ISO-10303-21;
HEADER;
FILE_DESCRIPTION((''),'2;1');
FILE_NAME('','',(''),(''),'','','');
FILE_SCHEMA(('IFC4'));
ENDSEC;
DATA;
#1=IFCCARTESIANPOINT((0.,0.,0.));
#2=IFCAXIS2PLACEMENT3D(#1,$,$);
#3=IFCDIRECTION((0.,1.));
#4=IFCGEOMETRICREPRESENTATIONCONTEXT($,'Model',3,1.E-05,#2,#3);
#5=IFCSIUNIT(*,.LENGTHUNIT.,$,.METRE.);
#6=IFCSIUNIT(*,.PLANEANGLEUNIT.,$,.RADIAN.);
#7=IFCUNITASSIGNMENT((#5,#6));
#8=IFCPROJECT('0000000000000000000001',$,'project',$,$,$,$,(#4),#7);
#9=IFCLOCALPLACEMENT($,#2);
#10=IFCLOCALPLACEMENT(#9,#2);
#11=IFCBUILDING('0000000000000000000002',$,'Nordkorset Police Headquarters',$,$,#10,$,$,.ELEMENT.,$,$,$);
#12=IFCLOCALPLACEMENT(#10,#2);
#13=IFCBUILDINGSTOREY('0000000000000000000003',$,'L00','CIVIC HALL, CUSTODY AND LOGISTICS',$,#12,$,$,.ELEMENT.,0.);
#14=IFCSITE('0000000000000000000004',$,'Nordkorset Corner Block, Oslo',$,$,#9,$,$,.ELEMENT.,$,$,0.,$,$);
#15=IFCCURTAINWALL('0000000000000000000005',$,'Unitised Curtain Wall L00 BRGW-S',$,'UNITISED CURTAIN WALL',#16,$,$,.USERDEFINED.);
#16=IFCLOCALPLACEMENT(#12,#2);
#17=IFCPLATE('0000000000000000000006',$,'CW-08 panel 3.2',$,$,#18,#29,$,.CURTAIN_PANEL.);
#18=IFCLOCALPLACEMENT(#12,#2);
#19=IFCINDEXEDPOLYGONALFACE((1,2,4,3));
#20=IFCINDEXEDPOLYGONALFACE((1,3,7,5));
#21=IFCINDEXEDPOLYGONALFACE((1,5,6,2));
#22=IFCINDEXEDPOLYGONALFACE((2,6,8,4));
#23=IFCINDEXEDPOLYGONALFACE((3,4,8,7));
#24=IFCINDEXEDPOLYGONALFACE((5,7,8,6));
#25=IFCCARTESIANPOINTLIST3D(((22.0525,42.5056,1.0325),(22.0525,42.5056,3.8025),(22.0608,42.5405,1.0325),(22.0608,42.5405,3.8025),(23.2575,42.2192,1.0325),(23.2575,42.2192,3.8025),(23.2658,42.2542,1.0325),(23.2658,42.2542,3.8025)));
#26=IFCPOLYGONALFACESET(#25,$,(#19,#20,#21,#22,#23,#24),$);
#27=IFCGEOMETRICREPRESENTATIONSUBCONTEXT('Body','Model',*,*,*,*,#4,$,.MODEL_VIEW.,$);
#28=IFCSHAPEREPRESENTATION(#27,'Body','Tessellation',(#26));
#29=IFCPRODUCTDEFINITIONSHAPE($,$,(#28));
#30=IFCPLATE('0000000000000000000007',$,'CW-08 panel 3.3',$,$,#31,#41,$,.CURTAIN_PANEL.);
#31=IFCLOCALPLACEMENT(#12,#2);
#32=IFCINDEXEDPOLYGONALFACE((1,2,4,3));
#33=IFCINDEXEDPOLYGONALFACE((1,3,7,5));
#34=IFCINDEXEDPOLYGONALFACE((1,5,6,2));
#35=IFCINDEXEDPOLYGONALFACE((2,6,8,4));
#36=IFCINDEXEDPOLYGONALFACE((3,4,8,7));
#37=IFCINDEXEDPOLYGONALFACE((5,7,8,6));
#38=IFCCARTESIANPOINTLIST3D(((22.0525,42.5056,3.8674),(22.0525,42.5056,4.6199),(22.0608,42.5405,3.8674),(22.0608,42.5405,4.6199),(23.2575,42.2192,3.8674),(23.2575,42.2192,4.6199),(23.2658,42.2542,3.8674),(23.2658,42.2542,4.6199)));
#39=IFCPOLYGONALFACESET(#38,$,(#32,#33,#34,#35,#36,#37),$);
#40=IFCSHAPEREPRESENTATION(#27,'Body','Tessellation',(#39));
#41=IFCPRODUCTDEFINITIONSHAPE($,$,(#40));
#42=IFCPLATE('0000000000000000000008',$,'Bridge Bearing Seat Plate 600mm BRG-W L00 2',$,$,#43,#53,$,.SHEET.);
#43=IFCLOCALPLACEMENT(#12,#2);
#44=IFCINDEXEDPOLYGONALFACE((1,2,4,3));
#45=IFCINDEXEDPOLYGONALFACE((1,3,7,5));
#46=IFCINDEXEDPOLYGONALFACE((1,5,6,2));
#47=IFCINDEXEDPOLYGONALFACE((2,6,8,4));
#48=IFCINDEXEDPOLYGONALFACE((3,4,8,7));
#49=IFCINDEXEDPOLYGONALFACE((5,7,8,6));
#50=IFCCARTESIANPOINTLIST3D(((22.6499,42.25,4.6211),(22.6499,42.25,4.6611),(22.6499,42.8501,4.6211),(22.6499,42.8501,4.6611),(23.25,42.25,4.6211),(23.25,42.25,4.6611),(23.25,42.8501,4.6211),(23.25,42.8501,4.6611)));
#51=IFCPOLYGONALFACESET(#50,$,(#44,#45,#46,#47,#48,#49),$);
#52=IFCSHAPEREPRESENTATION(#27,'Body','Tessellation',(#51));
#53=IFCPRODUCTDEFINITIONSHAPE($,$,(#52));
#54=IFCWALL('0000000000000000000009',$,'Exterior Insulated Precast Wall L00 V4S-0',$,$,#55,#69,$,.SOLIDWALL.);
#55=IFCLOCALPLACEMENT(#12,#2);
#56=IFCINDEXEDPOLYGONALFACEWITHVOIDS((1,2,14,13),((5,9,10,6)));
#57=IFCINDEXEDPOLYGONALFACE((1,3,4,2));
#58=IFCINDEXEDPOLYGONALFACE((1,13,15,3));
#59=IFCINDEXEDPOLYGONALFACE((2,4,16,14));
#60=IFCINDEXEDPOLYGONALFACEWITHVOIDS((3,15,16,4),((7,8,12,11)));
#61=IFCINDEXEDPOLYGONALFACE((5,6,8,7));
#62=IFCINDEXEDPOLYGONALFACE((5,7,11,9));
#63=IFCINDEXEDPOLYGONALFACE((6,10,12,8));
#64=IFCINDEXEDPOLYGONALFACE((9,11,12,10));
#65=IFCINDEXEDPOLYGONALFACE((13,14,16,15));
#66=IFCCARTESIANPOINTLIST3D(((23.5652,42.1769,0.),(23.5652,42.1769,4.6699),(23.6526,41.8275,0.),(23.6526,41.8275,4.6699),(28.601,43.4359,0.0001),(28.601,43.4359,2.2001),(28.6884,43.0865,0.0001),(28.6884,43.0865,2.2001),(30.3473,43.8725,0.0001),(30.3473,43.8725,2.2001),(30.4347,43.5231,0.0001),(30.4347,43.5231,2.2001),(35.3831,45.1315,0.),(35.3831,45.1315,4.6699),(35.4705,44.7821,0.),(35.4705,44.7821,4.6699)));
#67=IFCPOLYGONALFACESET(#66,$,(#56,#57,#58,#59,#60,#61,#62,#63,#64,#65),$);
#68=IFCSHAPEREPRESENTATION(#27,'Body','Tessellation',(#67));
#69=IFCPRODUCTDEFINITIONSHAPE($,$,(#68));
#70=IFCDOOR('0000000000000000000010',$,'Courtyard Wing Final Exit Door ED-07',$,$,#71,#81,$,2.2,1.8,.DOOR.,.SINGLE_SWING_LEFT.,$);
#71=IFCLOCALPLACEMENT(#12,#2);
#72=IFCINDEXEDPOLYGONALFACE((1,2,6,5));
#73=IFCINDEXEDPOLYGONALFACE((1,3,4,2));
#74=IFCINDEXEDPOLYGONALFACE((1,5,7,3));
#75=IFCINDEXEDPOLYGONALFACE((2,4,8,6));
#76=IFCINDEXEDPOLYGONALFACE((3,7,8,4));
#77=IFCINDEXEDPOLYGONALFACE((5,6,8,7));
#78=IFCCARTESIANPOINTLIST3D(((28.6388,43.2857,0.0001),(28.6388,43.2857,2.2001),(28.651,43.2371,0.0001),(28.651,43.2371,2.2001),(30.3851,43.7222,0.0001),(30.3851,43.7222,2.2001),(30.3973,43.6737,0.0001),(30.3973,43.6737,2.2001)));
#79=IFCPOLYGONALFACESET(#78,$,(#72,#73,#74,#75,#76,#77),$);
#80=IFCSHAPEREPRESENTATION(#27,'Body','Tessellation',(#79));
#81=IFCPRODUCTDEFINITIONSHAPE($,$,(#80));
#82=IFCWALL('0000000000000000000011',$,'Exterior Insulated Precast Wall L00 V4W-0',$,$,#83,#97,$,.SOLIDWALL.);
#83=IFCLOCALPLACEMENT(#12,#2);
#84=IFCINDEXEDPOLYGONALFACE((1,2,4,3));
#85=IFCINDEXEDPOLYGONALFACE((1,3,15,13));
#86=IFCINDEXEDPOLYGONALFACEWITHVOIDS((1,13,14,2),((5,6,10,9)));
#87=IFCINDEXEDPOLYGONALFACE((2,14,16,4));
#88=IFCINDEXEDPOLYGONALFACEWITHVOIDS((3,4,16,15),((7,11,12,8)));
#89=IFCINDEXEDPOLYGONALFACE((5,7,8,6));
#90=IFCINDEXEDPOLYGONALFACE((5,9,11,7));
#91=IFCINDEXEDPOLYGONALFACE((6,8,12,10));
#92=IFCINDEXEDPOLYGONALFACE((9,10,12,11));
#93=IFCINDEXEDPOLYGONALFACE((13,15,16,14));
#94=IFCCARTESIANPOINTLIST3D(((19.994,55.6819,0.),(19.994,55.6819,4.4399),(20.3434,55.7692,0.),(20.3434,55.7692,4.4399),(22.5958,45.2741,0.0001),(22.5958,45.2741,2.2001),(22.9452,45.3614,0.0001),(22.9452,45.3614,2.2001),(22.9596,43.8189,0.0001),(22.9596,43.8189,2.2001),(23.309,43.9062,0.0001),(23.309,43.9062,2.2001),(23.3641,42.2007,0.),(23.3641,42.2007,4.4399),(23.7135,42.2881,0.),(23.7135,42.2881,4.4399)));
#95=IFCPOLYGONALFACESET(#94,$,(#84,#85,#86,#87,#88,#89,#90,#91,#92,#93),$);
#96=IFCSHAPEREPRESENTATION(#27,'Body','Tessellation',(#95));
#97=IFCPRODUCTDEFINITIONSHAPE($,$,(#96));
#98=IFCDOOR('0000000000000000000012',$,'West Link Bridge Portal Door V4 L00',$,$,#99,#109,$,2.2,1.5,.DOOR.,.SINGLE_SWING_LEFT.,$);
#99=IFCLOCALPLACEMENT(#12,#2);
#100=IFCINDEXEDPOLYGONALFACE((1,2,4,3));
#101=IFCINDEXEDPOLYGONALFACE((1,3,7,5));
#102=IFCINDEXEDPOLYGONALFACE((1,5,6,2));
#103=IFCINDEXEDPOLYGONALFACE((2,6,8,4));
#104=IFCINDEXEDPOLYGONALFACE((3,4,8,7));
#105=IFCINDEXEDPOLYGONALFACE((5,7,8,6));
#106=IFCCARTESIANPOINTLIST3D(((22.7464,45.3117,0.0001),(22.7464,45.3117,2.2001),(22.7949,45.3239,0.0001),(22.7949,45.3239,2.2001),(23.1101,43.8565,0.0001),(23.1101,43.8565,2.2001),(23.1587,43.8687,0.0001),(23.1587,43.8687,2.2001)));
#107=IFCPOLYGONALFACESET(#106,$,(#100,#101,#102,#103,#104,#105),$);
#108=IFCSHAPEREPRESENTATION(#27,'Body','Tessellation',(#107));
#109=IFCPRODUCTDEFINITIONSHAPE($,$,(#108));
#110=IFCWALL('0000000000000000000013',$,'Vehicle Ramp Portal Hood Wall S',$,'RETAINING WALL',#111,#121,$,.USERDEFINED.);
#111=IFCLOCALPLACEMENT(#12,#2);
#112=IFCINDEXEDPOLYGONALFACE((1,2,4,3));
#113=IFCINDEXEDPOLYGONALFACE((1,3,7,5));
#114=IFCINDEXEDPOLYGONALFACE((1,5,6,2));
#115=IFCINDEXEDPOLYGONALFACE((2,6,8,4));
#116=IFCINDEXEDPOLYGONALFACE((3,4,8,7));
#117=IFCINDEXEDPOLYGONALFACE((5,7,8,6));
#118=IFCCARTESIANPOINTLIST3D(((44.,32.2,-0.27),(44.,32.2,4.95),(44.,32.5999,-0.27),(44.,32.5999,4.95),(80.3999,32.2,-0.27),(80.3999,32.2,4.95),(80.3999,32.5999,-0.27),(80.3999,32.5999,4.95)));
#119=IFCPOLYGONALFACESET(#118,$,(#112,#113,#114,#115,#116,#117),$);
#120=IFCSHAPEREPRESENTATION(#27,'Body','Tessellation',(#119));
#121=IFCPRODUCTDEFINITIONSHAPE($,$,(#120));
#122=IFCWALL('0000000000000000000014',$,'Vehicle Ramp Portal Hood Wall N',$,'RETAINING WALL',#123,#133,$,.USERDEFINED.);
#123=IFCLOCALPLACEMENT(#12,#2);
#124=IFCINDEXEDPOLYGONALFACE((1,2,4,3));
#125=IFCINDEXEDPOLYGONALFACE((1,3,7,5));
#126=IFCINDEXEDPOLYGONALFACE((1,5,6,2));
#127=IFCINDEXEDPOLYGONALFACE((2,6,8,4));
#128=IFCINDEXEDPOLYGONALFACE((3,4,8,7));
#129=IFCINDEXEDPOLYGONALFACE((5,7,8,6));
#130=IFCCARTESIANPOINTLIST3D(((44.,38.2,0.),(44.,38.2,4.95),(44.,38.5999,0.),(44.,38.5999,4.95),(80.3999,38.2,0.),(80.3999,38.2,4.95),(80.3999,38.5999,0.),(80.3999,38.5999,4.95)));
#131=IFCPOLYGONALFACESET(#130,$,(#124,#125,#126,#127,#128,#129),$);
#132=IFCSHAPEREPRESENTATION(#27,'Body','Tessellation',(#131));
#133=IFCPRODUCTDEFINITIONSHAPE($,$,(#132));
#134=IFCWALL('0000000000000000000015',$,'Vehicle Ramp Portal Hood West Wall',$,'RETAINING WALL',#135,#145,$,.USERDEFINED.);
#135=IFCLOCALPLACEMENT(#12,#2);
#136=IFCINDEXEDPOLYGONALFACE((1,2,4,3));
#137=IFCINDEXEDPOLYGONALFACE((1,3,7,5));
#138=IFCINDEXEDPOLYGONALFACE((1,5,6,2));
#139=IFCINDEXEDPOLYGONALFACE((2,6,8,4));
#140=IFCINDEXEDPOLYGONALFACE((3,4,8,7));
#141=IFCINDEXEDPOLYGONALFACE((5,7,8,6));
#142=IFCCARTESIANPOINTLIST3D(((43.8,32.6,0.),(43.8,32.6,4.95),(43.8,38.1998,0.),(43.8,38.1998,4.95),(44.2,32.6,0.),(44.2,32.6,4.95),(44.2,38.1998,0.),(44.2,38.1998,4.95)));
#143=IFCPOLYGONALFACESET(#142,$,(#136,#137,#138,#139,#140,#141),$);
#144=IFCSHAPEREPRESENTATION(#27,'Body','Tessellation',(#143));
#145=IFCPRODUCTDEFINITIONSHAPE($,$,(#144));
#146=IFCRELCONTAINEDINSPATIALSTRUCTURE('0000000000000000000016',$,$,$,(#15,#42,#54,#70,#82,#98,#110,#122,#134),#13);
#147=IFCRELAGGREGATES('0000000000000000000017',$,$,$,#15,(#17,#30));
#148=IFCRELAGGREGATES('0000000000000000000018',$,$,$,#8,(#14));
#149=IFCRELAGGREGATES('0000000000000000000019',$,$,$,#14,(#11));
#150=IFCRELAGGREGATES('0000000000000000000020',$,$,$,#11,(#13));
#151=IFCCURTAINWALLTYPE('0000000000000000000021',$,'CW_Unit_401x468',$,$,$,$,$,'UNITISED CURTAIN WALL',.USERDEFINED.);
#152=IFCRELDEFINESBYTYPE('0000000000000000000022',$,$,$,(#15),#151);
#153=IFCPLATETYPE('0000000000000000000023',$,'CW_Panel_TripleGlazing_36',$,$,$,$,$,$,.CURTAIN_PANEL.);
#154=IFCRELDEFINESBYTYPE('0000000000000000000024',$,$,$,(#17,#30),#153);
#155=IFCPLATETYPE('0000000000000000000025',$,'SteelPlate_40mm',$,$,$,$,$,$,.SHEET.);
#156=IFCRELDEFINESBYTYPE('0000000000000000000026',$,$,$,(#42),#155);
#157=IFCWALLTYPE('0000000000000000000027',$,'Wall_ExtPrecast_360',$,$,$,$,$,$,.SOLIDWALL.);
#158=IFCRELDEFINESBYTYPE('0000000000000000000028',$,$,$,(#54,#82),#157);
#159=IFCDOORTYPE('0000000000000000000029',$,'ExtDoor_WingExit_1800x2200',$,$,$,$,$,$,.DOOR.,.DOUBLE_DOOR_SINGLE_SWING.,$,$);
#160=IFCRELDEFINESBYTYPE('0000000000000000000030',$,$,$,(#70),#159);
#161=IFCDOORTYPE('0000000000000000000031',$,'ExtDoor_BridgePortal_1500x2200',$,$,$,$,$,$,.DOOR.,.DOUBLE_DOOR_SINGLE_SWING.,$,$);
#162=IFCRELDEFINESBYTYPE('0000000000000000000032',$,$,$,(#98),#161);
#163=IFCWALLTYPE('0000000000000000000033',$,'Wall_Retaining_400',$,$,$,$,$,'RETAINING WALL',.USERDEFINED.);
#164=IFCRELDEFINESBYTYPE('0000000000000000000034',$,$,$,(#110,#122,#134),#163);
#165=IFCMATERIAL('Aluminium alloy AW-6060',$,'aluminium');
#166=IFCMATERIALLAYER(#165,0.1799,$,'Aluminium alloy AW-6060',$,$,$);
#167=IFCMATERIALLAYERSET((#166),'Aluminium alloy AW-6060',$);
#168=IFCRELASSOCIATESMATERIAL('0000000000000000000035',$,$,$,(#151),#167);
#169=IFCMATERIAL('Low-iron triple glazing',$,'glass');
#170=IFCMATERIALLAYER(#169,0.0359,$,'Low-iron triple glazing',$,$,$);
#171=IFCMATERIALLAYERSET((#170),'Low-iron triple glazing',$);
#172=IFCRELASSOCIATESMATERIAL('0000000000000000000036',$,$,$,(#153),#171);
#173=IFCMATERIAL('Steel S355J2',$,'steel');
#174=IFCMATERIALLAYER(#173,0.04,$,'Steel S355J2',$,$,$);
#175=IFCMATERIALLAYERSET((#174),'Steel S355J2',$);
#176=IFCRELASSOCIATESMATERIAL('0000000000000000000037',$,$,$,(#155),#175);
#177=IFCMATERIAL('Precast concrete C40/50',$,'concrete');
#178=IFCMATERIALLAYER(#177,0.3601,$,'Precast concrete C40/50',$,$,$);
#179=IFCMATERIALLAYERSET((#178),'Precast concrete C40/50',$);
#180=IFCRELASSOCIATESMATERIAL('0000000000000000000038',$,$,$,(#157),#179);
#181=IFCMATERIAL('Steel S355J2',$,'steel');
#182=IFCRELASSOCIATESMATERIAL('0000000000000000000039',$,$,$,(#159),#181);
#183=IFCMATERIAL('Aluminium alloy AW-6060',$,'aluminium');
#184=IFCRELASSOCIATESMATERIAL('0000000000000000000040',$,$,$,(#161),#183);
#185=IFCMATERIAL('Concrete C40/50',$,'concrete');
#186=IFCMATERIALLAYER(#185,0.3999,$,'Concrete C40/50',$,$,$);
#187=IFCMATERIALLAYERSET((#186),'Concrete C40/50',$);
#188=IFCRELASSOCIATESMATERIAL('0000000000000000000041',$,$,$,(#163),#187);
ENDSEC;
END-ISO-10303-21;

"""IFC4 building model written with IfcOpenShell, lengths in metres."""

from ifc_helpers import new_model, si_unit, direction, frame, frame_2d, origin, origin_2d, place, context, subcontext, project, spatial, rectangle, extrude, material, layer, layer_set, type_object, element, fill, aggregate, save


model = new_model("IFC4")

# Units and contexts
model_context = context("Model", 3, precision=1e-05, world=origin(), true_north=direction((0.0, 1.0)))
body_context = subcontext(model_context, "Body", "Model", "MODEL_VIEW")
ifc_project = project(units=[si_unit("LENGTHUNIT", "METRE"), si_unit("PLANEANGLEUNIT", "RADIAN")], contexts=[model_context])

# Site, building, storey
site_placement = place(None, origin())
site = spatial("IfcSite", under=ifc_project, at=site_placement, Name="Nordkorset Corner Block, Oslo", CompositionType="ELEMENT", RefElevation=0.0)
building_placement = place(site_placement, origin())
building = spatial("IfcBuilding", under=site, at=building_placement, Name="Nordkorset Police Headquarters", CompositionType="ELEMENT")
storey_placement = place(building_placement, origin())
storey = spatial("IfcBuildingStorey", under=building, at=storey_placement, Name="L00", Description="CIVIC HALL, CUSTODY AND LOGISTICS", CompositionType="ELEMENT", Elevation=0.0)

# Curtain wall
ifc_material_1 = material(Name="Aluminium alloy AW-6060", Category="aluminium")
ifc_layer_1 = layer(ifc_material_1, 0.1799, Name="Aluminium alloy AW-6060")
ifc_layer_set_1 = layer_set([ifc_layer_1], Name="Aluminium alloy AW-6060")
curtain_wall_type = type_object("IfcCurtainWallType", Name="CW_Unit_401x468", ElementType="UNITISED CURTAIN WALL", PredefinedType="USERDEFINED", material=ifc_layer_set_1)
curtain_wall_placement = place(storey_placement, origin())
curtain_wall = element("IfcCurtainWall", 1, at=curtain_wall_placement, inside=storey, type_object=curtain_wall_type, Name="Unitised Curtain Wall L00 BRGW-S", ObjectType="UNITISED CURTAIN WALL", PredefinedType="USERDEFINED")

# Plates
ifc_material_2 = material(Name="Low-iron triple glazing", Category="glass")
ifc_layer_2 = layer(ifc_material_2, 0.0359, Name="Low-iron triple glazing")
ifc_layer_set_2 = layer_set([ifc_layer_2], Name="Low-iron triple glazing")
plate_type_1 = type_object("IfcPlateType", Name="CW_Panel_TripleGlazing_36", PredefinedType="CURTAIN_PANEL", material=ifc_layer_set_2)
plate_1_placement = place(storey_placement, frame((22.6592, 42.3799, 1.0325), z_axis=(0.0, 0.0, 1.0), x_axis=(0.972905, -0.231206, 0.0)))
plate_1 = element("IfcPlate", 2, at=plate_1_placement, type_object=plate_type_1, Name="CW-08 panel 3.2", PredefinedType="CURTAIN_PANEL", context=body_context, shape_type="SweptSolid", body=[
    extrude(rectangle(XDim=1.2385, YDim=0.0359, at=origin_2d()), origin(), (0.0, 0.0, 1.0), 2.77),
])
plate_2_placement = place(storey_placement, frame((22.6592, 42.3799, 3.8674), z_axis=(0.0, 0.0, 1.0), x_axis=(0.972905, -0.231206, 0.0)))
plate_2 = element("IfcPlate", 3, at=plate_2_placement, type_object=plate_type_1, Name="CW-08 panel 3.3", PredefinedType="CURTAIN_PANEL", context=body_context, shape_type="SweptSolid", body=[
    extrude(rectangle(XDim=1.2385, YDim=0.0359, at=origin_2d()), origin(), (0.0, 0.0, 1.0), 0.7524),
])
aggregate(curtain_wall, [plate_1, plate_2])
ifc_material_3 = material(Name="Steel S355J2", Category="steel")
ifc_layer_3 = layer(ifc_material_3, 0.04, Name="Steel S355J2")
ifc_layer_set_3 = layer_set([ifc_layer_3], Name="Steel S355J2")
plate_type_2 = type_object("IfcPlateType", Name="SteelPlate_40mm", PredefinedType="SHEET", material=ifc_layer_set_3)
plate_3_placement = place(storey_placement, frame((22.95, 42.55, 4.6211), z_axis=(0.0, 0.0, 1.0), x_axis=(1.0, 0.0, 0.0)))
element("IfcPlate", 4, at=plate_3_placement, inside=storey, type_object=plate_type_2, Name="Bridge Bearing Seat Plate 600mm BRG-W L00 2", PredefinedType="SHEET", context=body_context, shape_type="SweptSolid", body=[
    extrude(rectangle(XDim=0.6001, YDim=0.6001, at=origin_2d()), origin(), (0.0, 0.0, 1.0), 0.04),
])

# Walls, openings, doors
ifc_material_4 = material(Name="Precast concrete C40/50", Category="concrete")
ifc_layer_4 = layer(ifc_material_4, 0.3601, Name="Precast concrete C40/50")
ifc_layer_set_4 = layer_set([ifc_layer_4], Name="Precast concrete C40/50")
wall_type_1 = type_object("IfcWallType", Name="Wall_ExtPrecast_360", PredefinedType="SOLIDWALL", material=ifc_layer_set_4)
wall_1_placement = place(storey_placement, frame((23.6089, 42.0022, 0.0), z_axis=(0.0, 0.0, 1.0), x_axis=(0.97014, 0.242545, 0.0)))
wall_1 = element("IfcWall", 5, at=wall_1_placement, inside=storey, type_object=wall_type_1, Name="Exterior Insulated Precast Wall L00 V4S-0", PredefinedType="SOLIDWALL", context=body_context, shape_type="SweptSolid", body=[
    extrude(rectangle(XDim=12.1816, YDim=0.3601, at=frame_2d((6.0908, 0.0))), origin(), (0.0, 0.0, 1.0), 4.6699),
])
opening_1_placement = place(wall_1_placement, frame((5.1909, 0.0, 0.0)))
opening_1 = element("IfcOpeningElement", 6, at=opening_1_placement, cuts=wall_1, PredefinedType="OPENING", context=body_context, shape_type="SweptSolid", body=[
    extrude(rectangle(XDim=1.8, YDim=2.2, at=frame_2d((0.8999, 1.1001))), frame((0.0, 0.1899, 0.0), z_axis=(0.0, -1.0, 0.0), x_axis=(1.0, 0.0, 0.0)), (0.0, 0.0, 1.0), 0.3801),
])
ifc_material_5 = material(Name="Steel S355J2", Category="steel")
door_type_1 = type_object("IfcDoorType", Name="ExtDoor_WingExit_1800x2200", OperationType="DOUBLE_DOOR_SINGLE_SWING", PredefinedType="DOOR", material=ifc_material_5)
door_1_placement = place(opening_1_placement, frame((1.8, 0.0, 0.0), z_axis=(0.0, 0.0, 1.0), x_axis=(-1.0, 0.0, 0.0)))
door_1 = element("IfcDoor", 7, at=door_1_placement, inside=storey, type_object=door_type_1, Name="Courtyard Wing Final Exit Door ED-07", OperationType="SINGLE_SWING_LEFT", OverallHeight=2.2, OverallWidth=1.8, PredefinedType="DOOR", context=body_context, shape_type="SweptSolid", body=[
    extrude(rectangle(XDim=1.8, YDim=2.2, at=frame_2d((0.8999, 1.1001))), frame((0.0, 0.0249, 0.0), z_axis=(0.0, -1.0, 0.0), x_axis=(1.0, 0.0, 0.0)), (0.0, 0.0, 1.0), 0.05),
])
fill(opening_1, door_1)
wall_2_placement = place(storey_placement, frame((23.5388, 42.2444, 0.0), z_axis=(0.0, 0.0, 1.0), x_axis=(-0.242523, 0.970146, 0.0)))
wall_2 = element("IfcWall", 8, at=wall_2_placement, inside=storey, type_object=wall_type_1, Name="Exterior Insulated Precast Wall L00 V4W-0", PredefinedType="SOLIDWALL", context=body_context, shape_type="SweptSolid", body=[
    extrude(rectangle(XDim=13.896, YDim=0.3601, at=frame_2d((6.948, 0.0))), origin(), (0.0, 0.0, 1.0), 4.4399),
])
opening_2_placement = place(wall_2_placement, frame((1.668, 0.0, 0.0)))
opening_2 = element("IfcOpeningElement", 9, at=opening_2_placement, cuts=wall_2, PredefinedType="OPENING", context=body_context, shape_type="SweptSolid", body=[
    extrude(rectangle(XDim=1.5, YDim=2.2, at=frame_2d((0.75, 1.1001))), frame((0.0, 0.1899, 0.0), z_axis=(0.0, -1.0, 0.0), x_axis=(1.0, 0.0, 0.0)), (0.0, 0.0, 1.0), 0.3801),
])
ifc_material_6 = material(Name="Aluminium alloy AW-6060", Category="aluminium")
door_type_2 = type_object("IfcDoorType", Name="ExtDoor_BridgePortal_1500x2200", OperationType="DOUBLE_DOOR_SINGLE_SWING", PredefinedType="DOOR", material=ifc_material_6)
door_2_placement = place(opening_2_placement, origin())
door_2 = element("IfcDoor", 10, at=door_2_placement, inside=storey, type_object=door_type_2, Name="West Link Bridge Portal Door V4 L00", OperationType="SINGLE_SWING_LEFT", OverallHeight=2.2, OverallWidth=1.5, PredefinedType="DOOR", context=body_context, shape_type="SweptSolid", body=[
    extrude(rectangle(XDim=1.5, YDim=2.2, at=frame_2d((0.75, 1.1001))), frame((0.0, 0.0249, 0.0), z_axis=(0.0, -1.0, 0.0), x_axis=(1.0, 0.0, 0.0)), (0.0, 0.0, 1.0), 0.05),
])
fill(opening_2, door_2)

# Walls
ifc_material_7 = material(Name="Concrete C40/50", Category="concrete")
ifc_layer_5 = layer(ifc_material_7, 0.3999, Name="Concrete C40/50")
ifc_layer_set_5 = layer_set([ifc_layer_5], Name="Concrete C40/50")
wall_type_2 = type_object("IfcWallType", Name="Wall_Retaining_400", ElementType="RETAINING WALL", PredefinedType="USERDEFINED", material=ifc_layer_set_5)
wall_3_placement = place(storey_placement, frame((44.0, 32.3999, -0.27), z_axis=(0.0, 0.0, 1.0), x_axis=(1.0, 0.0, 0.0)))
element("IfcWall", 11, at=wall_3_placement, inside=storey, type_object=wall_type_2, Name="Vehicle Ramp Portal Hood Wall S", ObjectType="RETAINING WALL", PredefinedType="USERDEFINED", context=body_context, shape_type="SweptSolid", body=[
    extrude(rectangle(XDim=36.3999, YDim=0.3999, at=frame_2d((18.2, 0.0))), origin(), (0.0, 0.0, 1.0), 5.22),
])
wall_4_placement = place(storey_placement, frame((44.0, 38.3999, 0.0), z_axis=(0.0, 0.0, 1.0), x_axis=(1.0, 0.0, 0.0)))
element("IfcWall", 12, at=wall_4_placement, inside=storey, type_object=wall_type_2, Name="Vehicle Ramp Portal Hood Wall N", ObjectType="RETAINING WALL", PredefinedType="USERDEFINED", context=body_context, shape_type="SweptSolid", body=[
    extrude(rectangle(XDim=36.3999, YDim=0.3999, at=frame_2d((18.2, 0.0))), origin(), (0.0, 0.0, 1.0), 4.95),
])
wall_5_placement = place(storey_placement, frame((44.0, 32.6001, 0.0), z_axis=(0.0, 0.0, 1.0), x_axis=(0.0, 1.0, 0.0)))
element("IfcWall", 13, at=wall_5_placement, inside=storey, type_object=wall_type_2, Name="Vehicle Ramp Portal Hood West Wall", ObjectType="RETAINING WALL", PredefinedType="USERDEFINED", context=body_context, shape_type="SweptSolid", body=[
    extrude(rectangle(XDim=5.5999, YDim=0.3999, at=frame_2d((2.7998, 0.0))), origin(), (0.0, 0.0, 1.0), 4.95),
])

save(model, "model.ifc")
